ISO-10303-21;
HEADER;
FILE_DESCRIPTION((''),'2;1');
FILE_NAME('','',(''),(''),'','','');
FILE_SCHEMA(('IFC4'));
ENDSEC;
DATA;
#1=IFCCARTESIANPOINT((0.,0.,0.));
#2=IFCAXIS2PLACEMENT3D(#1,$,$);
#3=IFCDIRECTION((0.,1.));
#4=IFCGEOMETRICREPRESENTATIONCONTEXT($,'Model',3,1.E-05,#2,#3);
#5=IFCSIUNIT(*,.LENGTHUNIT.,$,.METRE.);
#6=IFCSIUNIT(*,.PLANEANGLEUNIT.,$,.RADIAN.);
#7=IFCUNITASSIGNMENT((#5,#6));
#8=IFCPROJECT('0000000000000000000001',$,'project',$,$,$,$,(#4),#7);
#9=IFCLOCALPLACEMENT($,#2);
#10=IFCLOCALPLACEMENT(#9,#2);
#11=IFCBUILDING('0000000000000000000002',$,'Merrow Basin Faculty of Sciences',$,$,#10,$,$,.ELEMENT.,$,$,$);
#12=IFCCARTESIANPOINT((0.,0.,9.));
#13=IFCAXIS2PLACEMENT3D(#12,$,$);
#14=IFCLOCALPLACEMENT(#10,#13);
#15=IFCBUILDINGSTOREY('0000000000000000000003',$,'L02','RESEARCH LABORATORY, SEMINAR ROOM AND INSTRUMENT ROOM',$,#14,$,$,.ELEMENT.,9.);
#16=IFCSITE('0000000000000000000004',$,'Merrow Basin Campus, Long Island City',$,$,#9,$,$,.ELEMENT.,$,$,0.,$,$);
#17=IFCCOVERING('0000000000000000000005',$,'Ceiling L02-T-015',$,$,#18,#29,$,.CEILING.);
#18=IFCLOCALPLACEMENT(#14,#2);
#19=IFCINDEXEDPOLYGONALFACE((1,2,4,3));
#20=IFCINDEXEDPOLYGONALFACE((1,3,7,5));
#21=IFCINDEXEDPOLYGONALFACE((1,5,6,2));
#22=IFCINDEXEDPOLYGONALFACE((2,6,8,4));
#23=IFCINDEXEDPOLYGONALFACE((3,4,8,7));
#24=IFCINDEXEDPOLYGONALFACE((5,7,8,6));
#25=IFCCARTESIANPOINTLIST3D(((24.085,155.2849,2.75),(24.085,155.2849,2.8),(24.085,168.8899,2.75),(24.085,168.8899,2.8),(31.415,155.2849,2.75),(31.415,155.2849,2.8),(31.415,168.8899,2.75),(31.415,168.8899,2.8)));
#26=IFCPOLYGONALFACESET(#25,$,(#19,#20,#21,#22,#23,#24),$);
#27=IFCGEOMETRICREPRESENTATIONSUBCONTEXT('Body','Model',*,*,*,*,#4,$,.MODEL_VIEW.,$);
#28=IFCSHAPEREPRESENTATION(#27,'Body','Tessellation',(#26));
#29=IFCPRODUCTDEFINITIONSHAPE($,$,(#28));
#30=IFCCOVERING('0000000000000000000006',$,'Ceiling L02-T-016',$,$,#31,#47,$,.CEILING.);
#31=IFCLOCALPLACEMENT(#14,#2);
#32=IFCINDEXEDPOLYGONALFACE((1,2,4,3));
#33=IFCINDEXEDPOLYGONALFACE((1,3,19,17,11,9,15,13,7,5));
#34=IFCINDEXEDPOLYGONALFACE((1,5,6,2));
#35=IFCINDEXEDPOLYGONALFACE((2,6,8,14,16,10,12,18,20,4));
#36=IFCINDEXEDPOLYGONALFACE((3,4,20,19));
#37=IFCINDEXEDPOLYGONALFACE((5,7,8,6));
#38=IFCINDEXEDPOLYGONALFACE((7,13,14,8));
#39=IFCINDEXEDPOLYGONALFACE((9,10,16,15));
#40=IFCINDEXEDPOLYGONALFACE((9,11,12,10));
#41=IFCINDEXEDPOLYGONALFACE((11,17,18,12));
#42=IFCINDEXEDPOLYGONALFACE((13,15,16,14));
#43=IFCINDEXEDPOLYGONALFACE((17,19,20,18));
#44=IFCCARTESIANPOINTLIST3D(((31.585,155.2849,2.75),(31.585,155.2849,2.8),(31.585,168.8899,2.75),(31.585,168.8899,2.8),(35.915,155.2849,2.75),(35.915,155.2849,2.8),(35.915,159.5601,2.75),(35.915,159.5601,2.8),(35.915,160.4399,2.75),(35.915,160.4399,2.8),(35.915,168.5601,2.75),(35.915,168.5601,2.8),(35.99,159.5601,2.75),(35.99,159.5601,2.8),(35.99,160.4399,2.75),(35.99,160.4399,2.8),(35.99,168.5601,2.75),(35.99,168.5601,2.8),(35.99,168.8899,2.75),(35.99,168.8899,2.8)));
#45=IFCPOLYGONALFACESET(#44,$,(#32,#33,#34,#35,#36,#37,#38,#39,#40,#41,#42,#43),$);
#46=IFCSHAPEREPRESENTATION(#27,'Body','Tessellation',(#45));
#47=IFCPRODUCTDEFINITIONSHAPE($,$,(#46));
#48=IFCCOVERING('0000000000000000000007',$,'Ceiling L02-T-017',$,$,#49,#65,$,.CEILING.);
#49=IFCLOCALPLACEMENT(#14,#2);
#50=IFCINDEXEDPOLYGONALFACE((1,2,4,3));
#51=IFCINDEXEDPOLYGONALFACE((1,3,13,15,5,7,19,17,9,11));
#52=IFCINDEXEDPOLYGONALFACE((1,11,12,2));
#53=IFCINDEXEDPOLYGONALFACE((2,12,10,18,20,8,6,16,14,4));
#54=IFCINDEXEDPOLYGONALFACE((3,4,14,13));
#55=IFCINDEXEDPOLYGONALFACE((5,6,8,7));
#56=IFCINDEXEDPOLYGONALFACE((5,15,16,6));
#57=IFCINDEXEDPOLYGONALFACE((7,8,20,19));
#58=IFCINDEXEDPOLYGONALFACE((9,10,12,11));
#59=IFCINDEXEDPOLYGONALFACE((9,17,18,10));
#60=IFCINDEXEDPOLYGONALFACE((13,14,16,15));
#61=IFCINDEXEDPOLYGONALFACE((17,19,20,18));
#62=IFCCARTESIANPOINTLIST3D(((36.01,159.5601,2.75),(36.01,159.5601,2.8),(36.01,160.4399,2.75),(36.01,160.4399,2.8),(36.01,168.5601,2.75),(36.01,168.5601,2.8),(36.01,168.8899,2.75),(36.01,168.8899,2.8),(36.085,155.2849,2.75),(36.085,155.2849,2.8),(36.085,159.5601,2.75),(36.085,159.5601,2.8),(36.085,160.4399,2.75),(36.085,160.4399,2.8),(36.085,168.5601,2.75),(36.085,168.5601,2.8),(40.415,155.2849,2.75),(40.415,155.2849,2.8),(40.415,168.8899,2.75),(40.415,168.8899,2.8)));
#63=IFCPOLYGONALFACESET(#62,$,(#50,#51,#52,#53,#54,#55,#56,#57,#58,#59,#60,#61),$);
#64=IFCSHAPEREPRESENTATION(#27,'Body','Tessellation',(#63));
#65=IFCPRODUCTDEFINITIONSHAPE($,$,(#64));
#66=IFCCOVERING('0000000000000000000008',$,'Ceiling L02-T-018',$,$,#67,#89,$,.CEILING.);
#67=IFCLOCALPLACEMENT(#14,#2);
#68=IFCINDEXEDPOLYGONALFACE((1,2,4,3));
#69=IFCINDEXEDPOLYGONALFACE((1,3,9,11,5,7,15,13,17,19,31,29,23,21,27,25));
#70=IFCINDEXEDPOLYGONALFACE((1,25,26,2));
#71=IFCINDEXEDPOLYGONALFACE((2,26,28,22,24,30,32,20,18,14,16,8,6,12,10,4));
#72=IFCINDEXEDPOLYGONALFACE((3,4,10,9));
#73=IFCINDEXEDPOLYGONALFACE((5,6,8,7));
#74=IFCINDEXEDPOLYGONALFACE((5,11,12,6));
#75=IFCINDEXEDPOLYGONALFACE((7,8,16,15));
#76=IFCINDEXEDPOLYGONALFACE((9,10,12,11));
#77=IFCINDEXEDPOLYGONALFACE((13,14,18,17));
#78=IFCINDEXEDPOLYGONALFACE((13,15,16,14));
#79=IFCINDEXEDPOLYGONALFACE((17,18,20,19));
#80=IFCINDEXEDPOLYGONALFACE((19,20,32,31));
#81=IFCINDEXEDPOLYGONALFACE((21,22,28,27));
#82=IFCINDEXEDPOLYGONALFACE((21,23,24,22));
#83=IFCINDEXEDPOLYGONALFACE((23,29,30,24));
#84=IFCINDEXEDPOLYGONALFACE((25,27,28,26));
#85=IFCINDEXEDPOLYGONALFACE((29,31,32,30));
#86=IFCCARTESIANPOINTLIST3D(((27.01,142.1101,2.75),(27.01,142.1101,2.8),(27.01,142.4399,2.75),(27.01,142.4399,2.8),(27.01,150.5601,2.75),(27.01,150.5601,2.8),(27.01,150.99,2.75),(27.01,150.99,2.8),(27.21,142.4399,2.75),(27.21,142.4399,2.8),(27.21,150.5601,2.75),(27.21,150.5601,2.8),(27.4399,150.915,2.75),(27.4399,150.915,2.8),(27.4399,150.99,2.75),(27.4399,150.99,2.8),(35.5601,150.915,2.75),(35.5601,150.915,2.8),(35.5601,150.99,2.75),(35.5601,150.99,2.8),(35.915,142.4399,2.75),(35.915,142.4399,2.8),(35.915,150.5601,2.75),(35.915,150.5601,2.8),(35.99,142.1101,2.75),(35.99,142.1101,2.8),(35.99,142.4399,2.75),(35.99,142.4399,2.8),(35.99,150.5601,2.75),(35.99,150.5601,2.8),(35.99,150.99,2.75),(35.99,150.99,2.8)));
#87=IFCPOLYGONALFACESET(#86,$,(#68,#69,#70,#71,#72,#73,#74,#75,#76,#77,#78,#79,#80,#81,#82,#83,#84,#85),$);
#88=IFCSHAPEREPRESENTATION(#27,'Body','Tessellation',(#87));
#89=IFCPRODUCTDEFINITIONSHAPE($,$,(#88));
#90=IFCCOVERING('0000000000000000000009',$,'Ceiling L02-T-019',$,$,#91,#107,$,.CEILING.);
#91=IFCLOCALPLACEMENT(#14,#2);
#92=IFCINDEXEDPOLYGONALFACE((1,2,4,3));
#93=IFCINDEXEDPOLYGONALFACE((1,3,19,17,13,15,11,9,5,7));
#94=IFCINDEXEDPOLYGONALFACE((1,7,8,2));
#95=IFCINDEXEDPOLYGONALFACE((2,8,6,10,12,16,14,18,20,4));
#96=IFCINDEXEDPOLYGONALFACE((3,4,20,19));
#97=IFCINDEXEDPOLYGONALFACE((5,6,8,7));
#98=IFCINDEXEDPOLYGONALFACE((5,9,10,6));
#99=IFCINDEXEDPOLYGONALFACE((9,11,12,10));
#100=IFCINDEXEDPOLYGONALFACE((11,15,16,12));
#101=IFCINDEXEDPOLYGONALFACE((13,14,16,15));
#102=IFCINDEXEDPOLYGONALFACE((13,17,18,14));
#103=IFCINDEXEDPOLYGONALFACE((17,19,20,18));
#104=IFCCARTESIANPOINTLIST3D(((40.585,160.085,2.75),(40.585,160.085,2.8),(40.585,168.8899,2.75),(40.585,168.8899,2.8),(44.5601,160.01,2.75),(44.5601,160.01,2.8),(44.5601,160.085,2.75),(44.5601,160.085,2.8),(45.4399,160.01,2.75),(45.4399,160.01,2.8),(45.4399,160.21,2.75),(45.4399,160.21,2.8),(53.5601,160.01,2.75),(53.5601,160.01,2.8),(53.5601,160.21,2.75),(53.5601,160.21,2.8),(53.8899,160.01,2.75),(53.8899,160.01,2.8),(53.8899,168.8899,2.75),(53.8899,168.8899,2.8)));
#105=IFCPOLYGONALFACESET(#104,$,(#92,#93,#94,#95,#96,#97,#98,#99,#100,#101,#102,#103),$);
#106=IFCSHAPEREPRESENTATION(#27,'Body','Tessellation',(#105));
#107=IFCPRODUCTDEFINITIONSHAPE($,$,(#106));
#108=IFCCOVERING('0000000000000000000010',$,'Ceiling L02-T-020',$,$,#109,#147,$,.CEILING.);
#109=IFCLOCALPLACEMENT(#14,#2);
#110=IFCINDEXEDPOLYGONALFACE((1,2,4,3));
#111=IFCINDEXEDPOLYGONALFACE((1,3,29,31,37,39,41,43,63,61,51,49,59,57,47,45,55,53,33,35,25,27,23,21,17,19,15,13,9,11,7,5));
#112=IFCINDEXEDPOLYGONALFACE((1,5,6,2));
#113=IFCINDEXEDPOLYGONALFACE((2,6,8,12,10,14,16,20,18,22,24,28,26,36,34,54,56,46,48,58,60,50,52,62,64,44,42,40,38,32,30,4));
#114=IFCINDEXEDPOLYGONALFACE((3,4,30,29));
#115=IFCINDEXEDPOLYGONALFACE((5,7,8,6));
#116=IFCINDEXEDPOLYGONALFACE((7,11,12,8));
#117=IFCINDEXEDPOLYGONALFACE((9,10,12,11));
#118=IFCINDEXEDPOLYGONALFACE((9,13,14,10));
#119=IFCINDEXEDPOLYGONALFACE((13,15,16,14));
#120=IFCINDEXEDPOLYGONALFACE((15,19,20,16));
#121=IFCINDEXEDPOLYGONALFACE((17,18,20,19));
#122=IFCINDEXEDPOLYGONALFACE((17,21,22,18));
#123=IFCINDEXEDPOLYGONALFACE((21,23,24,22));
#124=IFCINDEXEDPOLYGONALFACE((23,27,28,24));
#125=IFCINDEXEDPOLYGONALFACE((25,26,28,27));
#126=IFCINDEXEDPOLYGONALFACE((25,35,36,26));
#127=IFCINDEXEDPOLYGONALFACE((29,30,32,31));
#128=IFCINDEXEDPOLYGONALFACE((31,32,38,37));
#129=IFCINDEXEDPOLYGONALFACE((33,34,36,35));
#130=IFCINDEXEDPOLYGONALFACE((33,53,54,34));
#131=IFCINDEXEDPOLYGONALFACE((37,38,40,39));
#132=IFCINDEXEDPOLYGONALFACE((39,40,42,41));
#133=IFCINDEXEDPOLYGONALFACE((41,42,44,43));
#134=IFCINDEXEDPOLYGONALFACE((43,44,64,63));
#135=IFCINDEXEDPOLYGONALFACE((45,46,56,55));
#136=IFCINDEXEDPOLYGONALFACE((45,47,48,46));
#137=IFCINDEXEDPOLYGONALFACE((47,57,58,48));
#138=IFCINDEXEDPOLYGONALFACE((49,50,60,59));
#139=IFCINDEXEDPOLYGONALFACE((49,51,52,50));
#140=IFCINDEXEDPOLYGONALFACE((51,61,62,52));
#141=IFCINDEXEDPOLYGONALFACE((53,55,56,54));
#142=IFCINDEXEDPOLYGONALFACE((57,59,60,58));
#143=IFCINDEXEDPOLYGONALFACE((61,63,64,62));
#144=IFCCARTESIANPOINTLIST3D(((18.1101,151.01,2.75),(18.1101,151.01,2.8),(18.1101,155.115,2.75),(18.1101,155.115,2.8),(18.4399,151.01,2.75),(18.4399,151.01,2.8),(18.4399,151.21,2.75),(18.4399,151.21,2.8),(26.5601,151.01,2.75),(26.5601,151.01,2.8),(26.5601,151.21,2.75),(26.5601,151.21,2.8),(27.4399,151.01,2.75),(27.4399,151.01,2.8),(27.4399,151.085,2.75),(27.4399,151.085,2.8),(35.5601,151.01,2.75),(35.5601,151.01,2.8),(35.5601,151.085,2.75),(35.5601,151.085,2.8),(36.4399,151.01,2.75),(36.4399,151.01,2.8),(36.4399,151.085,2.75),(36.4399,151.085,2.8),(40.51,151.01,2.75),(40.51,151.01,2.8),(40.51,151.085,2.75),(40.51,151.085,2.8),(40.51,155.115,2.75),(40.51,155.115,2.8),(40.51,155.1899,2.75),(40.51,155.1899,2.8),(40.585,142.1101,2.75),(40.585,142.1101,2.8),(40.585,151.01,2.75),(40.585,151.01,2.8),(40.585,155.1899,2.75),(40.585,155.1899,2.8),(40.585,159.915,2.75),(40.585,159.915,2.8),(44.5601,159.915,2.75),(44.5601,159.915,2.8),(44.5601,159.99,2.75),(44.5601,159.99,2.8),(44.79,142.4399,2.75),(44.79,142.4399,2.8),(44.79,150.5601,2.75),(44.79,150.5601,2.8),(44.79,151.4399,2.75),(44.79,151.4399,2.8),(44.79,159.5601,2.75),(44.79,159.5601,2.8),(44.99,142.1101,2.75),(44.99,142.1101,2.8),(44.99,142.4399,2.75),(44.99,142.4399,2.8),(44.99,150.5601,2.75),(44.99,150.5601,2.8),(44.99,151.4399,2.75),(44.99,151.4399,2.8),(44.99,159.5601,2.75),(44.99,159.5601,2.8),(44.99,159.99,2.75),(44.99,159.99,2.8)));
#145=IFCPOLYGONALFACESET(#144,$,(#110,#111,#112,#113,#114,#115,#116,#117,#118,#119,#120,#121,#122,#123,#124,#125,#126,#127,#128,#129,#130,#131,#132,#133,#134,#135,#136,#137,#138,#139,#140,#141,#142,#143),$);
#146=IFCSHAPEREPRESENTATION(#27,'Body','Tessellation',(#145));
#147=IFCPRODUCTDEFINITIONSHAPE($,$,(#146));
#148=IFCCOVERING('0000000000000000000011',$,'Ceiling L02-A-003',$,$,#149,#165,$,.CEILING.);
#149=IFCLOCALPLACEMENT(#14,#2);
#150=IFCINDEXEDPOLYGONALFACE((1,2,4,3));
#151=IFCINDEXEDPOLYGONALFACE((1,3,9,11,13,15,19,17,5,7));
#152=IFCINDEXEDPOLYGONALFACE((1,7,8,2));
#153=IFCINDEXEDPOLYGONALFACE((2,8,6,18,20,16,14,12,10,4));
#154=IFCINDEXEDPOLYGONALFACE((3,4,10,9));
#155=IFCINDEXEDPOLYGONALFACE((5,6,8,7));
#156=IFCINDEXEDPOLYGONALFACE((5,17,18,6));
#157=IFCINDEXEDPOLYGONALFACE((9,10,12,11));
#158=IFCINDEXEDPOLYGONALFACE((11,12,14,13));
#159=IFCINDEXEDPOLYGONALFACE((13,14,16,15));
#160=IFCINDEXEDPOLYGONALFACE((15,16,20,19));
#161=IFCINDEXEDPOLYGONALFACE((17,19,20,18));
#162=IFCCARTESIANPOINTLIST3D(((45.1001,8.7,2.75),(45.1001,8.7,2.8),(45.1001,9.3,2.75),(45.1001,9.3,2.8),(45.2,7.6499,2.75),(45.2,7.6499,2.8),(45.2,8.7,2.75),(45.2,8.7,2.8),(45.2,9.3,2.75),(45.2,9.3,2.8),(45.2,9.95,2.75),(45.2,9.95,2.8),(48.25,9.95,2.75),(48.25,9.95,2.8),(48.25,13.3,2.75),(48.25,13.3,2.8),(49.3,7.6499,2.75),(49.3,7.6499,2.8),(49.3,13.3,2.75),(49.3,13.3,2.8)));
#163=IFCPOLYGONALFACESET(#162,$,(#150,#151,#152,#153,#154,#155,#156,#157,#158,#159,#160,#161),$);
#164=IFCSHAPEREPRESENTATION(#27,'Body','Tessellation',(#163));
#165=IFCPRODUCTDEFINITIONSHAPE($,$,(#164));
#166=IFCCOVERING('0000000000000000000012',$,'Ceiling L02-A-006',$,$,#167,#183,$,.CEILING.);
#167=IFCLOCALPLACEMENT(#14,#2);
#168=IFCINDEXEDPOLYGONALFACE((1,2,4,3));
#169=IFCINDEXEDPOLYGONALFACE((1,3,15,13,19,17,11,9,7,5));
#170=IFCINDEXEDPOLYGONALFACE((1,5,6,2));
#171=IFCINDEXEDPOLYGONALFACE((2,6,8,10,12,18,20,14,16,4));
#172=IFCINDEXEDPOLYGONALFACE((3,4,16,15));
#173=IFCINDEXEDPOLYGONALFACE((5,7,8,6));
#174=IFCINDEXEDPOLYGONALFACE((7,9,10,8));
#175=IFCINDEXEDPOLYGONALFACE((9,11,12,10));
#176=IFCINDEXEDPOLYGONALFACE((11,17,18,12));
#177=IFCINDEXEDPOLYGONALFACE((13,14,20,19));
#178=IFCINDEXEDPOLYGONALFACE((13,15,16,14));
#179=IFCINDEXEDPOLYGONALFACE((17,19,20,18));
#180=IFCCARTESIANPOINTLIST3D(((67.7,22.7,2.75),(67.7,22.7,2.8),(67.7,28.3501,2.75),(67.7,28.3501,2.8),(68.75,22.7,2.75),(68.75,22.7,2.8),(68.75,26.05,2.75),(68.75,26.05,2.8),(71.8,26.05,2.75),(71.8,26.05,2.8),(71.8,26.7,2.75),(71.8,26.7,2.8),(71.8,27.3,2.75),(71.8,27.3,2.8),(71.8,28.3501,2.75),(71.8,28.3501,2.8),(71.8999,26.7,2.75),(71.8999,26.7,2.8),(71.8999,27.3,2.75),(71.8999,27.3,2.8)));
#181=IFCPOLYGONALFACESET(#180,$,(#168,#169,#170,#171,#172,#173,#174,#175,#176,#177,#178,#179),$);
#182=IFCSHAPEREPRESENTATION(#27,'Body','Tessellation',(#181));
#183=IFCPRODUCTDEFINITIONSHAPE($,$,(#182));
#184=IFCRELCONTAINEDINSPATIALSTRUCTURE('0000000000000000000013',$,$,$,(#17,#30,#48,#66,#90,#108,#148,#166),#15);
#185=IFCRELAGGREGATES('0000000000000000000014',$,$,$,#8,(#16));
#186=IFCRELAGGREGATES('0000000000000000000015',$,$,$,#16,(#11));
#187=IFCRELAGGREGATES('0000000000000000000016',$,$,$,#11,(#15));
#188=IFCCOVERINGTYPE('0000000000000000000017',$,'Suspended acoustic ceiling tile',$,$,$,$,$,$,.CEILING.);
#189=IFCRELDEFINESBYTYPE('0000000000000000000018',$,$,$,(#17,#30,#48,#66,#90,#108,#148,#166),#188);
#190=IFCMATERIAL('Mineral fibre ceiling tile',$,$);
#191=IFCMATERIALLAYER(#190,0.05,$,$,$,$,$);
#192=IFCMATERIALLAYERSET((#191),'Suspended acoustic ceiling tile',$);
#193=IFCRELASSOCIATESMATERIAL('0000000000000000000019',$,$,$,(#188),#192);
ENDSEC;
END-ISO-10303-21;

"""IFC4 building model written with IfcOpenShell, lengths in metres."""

from ifc_helpers import new_model, si_unit, direction, frame, origin, place, context, subcontext, project, spatial, polyline, outline, extrude, material, layer, layer_set, type_object, element, save


model = new_model("IFC4")

# Units and contexts
model_context = context("Model", 3, precision=1e-05, world=origin(), true_north=direction((0.0, 1.0)))
body_context = subcontext(model_context, "Body", "Model", "MODEL_VIEW")
ifc_project = project(units=[si_unit("LENGTHUNIT", "METRE"), si_unit("PLANEANGLEUNIT", "RADIAN")], contexts=[model_context])

# Site, building, storey
site_placement = place(None, origin())
site = spatial("IfcSite", under=ifc_project, at=site_placement, Name="Merrow Basin Campus, Long Island City", CompositionType="ELEMENT", RefElevation=0.0)
building_placement = place(site_placement, origin())
building = spatial("IfcBuilding", under=site, at=building_placement, Name="Merrow Basin Faculty of Sciences", CompositionType="ELEMENT")
storey_placement = place(building_placement, frame((0.0, 0.0, 9.0)))
storey = spatial("IfcBuildingStorey", under=building, at=storey_placement, Name="L02", Description="RESEARCH LABORATORY, SEMINAR ROOM AND INSTRUMENT ROOM", CompositionType="ELEMENT", Elevation=9.0)

# Coverings
ifc_material = material(Name="Mineral fibre ceiling tile")
ifc_layer = layer(ifc_material, 0.05)
ifc_layer_set = layer_set([ifc_layer], Name="Suspended acoustic ceiling tile")
covering_type = type_object("IfcCoveringType", Name="Suspended acoustic ceiling tile", PredefinedType="CEILING", material=ifc_layer_set)
covering_1_placement = place(storey_placement, frame((0.0, 0.0, 2.75)))
element("IfcCovering", 1, at=covering_1_placement, inside=storey, type_object=covering_type, Name="Ceiling L02-T-015", PredefinedType="CEILING", context=body_context, shape_type="SweptSolid", body=[
    extrude(outline(polyline([(31.415, 168.8899), (31.415, 155.2849), (24.085, 155.2849), (24.085, 168.8899), (31.415, 168.8899)])), origin(), (0.0, 0.0, 1.0), 0.05),
])
covering_2_placement = place(storey_placement, frame((0.0, 0.0, 2.75)))
element("IfcCovering", 2, at=covering_2_placement, inside=storey, type_object=covering_type, Name="Ceiling L02-T-016", PredefinedType="CEILING", context=body_context, shape_type="SweptSolid", body=[
    extrude(outline(polyline([(35.99, 168.8899), (35.99, 168.5601), (35.915, 168.5601), (35.915, 160.4399), (35.99, 160.4399), (35.99, 159.5601), (35.915, 159.5601), (35.915, 155.2849), (31.585, 155.2849), (31.585, 168.8899), (35.99, 168.8899)])), origin(), (0.0, 0.0, 1.0), 0.05),
])
covering_3_placement = place(storey_placement, frame((0.0, 0.0, 2.75)))
element("IfcCovering", 3, at=covering_3_placement, inside=storey, type_object=covering_type, Name="Ceiling L02-T-017", PredefinedType="CEILING", context=body_context, shape_type="SweptSolid", body=[
    extrude(outline(polyline([(36.01, 160.4399), (36.085, 160.4399), (36.085, 168.5601), (36.01, 168.5601), (36.01, 168.8899), (40.415, 168.8899), (40.415, 155.2849), (36.085, 155.2849), (36.085, 159.5601), (36.01, 159.5601), (36.01, 160.4399)])), origin(), (0.0, 0.0, 1.0), 0.05),
])
covering_4_placement = place(storey_placement, frame((0.0, 0.0, 2.75)))
element("IfcCovering", 4, at=covering_4_placement, inside=storey, type_object=covering_type, Name="Ceiling L02-T-018", PredefinedType="CEILING", context=body_context, shape_type="SweptSolid", body=[
    extrude(outline(polyline([(27.4399, 150.99), (27.4399, 150.915), (35.5601, 150.915), (35.5601, 150.99), (35.99, 150.99), (35.99, 150.5601), (35.915, 150.5601), (35.915, 142.4399), (35.99, 142.4399), (35.99, 142.1101), (27.01, 142.1101), (27.01, 142.4399), (27.21, 142.4399), (27.21, 150.5601), (27.01, 150.5601), (27.01, 150.99), (27.4399, 150.99)])), origin(), (0.0, 0.0, 1.0), 0.05),
])
covering_5_placement = place(storey_placement, frame((0.0, 0.0, 2.75)))
element("IfcCovering", 5, at=covering_5_placement, inside=storey, type_object=covering_type, Name="Ceiling L02-T-019", PredefinedType="CEILING", context=body_context, shape_type="SweptSolid", body=[
    extrude(outline(polyline([(53.8899, 168.8899), (53.8899, 160.01), (53.5601, 160.01), (53.5601, 160.21), (45.4399, 160.21), (45.4399, 160.01), (44.5601, 160.01), (44.5601, 160.085), (40.585, 160.085), (40.585, 168.8899), (53.8899, 168.8899)])), origin(), (0.0, 0.0, 1.0), 0.05),
])
covering_6_placement = place(storey_placement, frame((0.0, 0.0, 2.75)))
element("IfcCovering", 6, at=covering_6_placement, inside=storey, type_object=covering_type, Name="Ceiling L02-T-020", PredefinedType="CEILING", context=body_context, shape_type="SweptSolid", body=[
    extrude(outline(polyline([(44.99, 159.5601), (44.79, 159.5601), (44.79, 151.4399), (44.99, 151.4399), (44.99, 150.5601), (44.79, 150.5601), (44.79, 142.4399), (44.99, 142.4399), (44.99, 142.1101), (40.585, 142.1101), (40.585, 151.01), (40.51, 151.01), (40.51, 151.085), (36.4399, 151.085), (36.4399, 151.01), (35.5601, 151.01), (35.5601, 151.085), (27.4399, 151.085), (27.4399, 151.01), (26.5601, 151.01), (26.5601, 151.21), (18.4399, 151.21), (18.4399, 151.01), (18.1101, 151.01), (18.1101, 155.115), (40.51, 155.115), (40.51, 155.1899), (40.585, 155.1899), (40.585, 159.915), (44.5601, 159.915), (44.5601, 159.99), (44.99, 159.99), (44.99, 159.5601)])), origin(), (0.0, 0.0, 1.0), 0.05),
])
covering_7_placement = place(storey_placement, frame((0.0, 0.0, 2.75)))
element("IfcCovering", 7, at=covering_7_placement, inside=storey, type_object=covering_type, Name="Ceiling L02-A-003", PredefinedType="CEILING", context=body_context, shape_type="SweptSolid", body=[
    extrude(outline(polyline([(45.1001, 9.3), (45.2, 9.3), (45.2, 9.95), (48.25, 9.95), (48.25, 13.3), (49.3, 13.3), (49.3, 7.6499), (45.2, 7.6499), (45.2, 8.7), (45.1001, 8.7), (45.1001, 9.3)])), origin(), (0.0, 0.0, 1.0), 0.05),
])
covering_8_placement = place(storey_placement, frame((0.0, 0.0, 2.75)))
element("IfcCovering", 8, at=covering_8_placement, inside=storey, type_object=covering_type, Name="Ceiling L02-A-006", PredefinedType="CEILING", context=body_context, shape_type="SweptSolid", body=[
    extrude(outline(polyline([(71.8999, 26.7), (71.8, 26.7), (71.8, 26.05), (68.75, 26.05), (68.75, 22.7), (67.7, 22.7), (67.7, 28.3501), (71.8, 28.3501), (71.8, 27.3), (71.8999, 27.3), (71.8999, 26.7)])), origin(), (0.0, 0.0, 1.0), 0.05),
])

save(model, "model.ifc")
